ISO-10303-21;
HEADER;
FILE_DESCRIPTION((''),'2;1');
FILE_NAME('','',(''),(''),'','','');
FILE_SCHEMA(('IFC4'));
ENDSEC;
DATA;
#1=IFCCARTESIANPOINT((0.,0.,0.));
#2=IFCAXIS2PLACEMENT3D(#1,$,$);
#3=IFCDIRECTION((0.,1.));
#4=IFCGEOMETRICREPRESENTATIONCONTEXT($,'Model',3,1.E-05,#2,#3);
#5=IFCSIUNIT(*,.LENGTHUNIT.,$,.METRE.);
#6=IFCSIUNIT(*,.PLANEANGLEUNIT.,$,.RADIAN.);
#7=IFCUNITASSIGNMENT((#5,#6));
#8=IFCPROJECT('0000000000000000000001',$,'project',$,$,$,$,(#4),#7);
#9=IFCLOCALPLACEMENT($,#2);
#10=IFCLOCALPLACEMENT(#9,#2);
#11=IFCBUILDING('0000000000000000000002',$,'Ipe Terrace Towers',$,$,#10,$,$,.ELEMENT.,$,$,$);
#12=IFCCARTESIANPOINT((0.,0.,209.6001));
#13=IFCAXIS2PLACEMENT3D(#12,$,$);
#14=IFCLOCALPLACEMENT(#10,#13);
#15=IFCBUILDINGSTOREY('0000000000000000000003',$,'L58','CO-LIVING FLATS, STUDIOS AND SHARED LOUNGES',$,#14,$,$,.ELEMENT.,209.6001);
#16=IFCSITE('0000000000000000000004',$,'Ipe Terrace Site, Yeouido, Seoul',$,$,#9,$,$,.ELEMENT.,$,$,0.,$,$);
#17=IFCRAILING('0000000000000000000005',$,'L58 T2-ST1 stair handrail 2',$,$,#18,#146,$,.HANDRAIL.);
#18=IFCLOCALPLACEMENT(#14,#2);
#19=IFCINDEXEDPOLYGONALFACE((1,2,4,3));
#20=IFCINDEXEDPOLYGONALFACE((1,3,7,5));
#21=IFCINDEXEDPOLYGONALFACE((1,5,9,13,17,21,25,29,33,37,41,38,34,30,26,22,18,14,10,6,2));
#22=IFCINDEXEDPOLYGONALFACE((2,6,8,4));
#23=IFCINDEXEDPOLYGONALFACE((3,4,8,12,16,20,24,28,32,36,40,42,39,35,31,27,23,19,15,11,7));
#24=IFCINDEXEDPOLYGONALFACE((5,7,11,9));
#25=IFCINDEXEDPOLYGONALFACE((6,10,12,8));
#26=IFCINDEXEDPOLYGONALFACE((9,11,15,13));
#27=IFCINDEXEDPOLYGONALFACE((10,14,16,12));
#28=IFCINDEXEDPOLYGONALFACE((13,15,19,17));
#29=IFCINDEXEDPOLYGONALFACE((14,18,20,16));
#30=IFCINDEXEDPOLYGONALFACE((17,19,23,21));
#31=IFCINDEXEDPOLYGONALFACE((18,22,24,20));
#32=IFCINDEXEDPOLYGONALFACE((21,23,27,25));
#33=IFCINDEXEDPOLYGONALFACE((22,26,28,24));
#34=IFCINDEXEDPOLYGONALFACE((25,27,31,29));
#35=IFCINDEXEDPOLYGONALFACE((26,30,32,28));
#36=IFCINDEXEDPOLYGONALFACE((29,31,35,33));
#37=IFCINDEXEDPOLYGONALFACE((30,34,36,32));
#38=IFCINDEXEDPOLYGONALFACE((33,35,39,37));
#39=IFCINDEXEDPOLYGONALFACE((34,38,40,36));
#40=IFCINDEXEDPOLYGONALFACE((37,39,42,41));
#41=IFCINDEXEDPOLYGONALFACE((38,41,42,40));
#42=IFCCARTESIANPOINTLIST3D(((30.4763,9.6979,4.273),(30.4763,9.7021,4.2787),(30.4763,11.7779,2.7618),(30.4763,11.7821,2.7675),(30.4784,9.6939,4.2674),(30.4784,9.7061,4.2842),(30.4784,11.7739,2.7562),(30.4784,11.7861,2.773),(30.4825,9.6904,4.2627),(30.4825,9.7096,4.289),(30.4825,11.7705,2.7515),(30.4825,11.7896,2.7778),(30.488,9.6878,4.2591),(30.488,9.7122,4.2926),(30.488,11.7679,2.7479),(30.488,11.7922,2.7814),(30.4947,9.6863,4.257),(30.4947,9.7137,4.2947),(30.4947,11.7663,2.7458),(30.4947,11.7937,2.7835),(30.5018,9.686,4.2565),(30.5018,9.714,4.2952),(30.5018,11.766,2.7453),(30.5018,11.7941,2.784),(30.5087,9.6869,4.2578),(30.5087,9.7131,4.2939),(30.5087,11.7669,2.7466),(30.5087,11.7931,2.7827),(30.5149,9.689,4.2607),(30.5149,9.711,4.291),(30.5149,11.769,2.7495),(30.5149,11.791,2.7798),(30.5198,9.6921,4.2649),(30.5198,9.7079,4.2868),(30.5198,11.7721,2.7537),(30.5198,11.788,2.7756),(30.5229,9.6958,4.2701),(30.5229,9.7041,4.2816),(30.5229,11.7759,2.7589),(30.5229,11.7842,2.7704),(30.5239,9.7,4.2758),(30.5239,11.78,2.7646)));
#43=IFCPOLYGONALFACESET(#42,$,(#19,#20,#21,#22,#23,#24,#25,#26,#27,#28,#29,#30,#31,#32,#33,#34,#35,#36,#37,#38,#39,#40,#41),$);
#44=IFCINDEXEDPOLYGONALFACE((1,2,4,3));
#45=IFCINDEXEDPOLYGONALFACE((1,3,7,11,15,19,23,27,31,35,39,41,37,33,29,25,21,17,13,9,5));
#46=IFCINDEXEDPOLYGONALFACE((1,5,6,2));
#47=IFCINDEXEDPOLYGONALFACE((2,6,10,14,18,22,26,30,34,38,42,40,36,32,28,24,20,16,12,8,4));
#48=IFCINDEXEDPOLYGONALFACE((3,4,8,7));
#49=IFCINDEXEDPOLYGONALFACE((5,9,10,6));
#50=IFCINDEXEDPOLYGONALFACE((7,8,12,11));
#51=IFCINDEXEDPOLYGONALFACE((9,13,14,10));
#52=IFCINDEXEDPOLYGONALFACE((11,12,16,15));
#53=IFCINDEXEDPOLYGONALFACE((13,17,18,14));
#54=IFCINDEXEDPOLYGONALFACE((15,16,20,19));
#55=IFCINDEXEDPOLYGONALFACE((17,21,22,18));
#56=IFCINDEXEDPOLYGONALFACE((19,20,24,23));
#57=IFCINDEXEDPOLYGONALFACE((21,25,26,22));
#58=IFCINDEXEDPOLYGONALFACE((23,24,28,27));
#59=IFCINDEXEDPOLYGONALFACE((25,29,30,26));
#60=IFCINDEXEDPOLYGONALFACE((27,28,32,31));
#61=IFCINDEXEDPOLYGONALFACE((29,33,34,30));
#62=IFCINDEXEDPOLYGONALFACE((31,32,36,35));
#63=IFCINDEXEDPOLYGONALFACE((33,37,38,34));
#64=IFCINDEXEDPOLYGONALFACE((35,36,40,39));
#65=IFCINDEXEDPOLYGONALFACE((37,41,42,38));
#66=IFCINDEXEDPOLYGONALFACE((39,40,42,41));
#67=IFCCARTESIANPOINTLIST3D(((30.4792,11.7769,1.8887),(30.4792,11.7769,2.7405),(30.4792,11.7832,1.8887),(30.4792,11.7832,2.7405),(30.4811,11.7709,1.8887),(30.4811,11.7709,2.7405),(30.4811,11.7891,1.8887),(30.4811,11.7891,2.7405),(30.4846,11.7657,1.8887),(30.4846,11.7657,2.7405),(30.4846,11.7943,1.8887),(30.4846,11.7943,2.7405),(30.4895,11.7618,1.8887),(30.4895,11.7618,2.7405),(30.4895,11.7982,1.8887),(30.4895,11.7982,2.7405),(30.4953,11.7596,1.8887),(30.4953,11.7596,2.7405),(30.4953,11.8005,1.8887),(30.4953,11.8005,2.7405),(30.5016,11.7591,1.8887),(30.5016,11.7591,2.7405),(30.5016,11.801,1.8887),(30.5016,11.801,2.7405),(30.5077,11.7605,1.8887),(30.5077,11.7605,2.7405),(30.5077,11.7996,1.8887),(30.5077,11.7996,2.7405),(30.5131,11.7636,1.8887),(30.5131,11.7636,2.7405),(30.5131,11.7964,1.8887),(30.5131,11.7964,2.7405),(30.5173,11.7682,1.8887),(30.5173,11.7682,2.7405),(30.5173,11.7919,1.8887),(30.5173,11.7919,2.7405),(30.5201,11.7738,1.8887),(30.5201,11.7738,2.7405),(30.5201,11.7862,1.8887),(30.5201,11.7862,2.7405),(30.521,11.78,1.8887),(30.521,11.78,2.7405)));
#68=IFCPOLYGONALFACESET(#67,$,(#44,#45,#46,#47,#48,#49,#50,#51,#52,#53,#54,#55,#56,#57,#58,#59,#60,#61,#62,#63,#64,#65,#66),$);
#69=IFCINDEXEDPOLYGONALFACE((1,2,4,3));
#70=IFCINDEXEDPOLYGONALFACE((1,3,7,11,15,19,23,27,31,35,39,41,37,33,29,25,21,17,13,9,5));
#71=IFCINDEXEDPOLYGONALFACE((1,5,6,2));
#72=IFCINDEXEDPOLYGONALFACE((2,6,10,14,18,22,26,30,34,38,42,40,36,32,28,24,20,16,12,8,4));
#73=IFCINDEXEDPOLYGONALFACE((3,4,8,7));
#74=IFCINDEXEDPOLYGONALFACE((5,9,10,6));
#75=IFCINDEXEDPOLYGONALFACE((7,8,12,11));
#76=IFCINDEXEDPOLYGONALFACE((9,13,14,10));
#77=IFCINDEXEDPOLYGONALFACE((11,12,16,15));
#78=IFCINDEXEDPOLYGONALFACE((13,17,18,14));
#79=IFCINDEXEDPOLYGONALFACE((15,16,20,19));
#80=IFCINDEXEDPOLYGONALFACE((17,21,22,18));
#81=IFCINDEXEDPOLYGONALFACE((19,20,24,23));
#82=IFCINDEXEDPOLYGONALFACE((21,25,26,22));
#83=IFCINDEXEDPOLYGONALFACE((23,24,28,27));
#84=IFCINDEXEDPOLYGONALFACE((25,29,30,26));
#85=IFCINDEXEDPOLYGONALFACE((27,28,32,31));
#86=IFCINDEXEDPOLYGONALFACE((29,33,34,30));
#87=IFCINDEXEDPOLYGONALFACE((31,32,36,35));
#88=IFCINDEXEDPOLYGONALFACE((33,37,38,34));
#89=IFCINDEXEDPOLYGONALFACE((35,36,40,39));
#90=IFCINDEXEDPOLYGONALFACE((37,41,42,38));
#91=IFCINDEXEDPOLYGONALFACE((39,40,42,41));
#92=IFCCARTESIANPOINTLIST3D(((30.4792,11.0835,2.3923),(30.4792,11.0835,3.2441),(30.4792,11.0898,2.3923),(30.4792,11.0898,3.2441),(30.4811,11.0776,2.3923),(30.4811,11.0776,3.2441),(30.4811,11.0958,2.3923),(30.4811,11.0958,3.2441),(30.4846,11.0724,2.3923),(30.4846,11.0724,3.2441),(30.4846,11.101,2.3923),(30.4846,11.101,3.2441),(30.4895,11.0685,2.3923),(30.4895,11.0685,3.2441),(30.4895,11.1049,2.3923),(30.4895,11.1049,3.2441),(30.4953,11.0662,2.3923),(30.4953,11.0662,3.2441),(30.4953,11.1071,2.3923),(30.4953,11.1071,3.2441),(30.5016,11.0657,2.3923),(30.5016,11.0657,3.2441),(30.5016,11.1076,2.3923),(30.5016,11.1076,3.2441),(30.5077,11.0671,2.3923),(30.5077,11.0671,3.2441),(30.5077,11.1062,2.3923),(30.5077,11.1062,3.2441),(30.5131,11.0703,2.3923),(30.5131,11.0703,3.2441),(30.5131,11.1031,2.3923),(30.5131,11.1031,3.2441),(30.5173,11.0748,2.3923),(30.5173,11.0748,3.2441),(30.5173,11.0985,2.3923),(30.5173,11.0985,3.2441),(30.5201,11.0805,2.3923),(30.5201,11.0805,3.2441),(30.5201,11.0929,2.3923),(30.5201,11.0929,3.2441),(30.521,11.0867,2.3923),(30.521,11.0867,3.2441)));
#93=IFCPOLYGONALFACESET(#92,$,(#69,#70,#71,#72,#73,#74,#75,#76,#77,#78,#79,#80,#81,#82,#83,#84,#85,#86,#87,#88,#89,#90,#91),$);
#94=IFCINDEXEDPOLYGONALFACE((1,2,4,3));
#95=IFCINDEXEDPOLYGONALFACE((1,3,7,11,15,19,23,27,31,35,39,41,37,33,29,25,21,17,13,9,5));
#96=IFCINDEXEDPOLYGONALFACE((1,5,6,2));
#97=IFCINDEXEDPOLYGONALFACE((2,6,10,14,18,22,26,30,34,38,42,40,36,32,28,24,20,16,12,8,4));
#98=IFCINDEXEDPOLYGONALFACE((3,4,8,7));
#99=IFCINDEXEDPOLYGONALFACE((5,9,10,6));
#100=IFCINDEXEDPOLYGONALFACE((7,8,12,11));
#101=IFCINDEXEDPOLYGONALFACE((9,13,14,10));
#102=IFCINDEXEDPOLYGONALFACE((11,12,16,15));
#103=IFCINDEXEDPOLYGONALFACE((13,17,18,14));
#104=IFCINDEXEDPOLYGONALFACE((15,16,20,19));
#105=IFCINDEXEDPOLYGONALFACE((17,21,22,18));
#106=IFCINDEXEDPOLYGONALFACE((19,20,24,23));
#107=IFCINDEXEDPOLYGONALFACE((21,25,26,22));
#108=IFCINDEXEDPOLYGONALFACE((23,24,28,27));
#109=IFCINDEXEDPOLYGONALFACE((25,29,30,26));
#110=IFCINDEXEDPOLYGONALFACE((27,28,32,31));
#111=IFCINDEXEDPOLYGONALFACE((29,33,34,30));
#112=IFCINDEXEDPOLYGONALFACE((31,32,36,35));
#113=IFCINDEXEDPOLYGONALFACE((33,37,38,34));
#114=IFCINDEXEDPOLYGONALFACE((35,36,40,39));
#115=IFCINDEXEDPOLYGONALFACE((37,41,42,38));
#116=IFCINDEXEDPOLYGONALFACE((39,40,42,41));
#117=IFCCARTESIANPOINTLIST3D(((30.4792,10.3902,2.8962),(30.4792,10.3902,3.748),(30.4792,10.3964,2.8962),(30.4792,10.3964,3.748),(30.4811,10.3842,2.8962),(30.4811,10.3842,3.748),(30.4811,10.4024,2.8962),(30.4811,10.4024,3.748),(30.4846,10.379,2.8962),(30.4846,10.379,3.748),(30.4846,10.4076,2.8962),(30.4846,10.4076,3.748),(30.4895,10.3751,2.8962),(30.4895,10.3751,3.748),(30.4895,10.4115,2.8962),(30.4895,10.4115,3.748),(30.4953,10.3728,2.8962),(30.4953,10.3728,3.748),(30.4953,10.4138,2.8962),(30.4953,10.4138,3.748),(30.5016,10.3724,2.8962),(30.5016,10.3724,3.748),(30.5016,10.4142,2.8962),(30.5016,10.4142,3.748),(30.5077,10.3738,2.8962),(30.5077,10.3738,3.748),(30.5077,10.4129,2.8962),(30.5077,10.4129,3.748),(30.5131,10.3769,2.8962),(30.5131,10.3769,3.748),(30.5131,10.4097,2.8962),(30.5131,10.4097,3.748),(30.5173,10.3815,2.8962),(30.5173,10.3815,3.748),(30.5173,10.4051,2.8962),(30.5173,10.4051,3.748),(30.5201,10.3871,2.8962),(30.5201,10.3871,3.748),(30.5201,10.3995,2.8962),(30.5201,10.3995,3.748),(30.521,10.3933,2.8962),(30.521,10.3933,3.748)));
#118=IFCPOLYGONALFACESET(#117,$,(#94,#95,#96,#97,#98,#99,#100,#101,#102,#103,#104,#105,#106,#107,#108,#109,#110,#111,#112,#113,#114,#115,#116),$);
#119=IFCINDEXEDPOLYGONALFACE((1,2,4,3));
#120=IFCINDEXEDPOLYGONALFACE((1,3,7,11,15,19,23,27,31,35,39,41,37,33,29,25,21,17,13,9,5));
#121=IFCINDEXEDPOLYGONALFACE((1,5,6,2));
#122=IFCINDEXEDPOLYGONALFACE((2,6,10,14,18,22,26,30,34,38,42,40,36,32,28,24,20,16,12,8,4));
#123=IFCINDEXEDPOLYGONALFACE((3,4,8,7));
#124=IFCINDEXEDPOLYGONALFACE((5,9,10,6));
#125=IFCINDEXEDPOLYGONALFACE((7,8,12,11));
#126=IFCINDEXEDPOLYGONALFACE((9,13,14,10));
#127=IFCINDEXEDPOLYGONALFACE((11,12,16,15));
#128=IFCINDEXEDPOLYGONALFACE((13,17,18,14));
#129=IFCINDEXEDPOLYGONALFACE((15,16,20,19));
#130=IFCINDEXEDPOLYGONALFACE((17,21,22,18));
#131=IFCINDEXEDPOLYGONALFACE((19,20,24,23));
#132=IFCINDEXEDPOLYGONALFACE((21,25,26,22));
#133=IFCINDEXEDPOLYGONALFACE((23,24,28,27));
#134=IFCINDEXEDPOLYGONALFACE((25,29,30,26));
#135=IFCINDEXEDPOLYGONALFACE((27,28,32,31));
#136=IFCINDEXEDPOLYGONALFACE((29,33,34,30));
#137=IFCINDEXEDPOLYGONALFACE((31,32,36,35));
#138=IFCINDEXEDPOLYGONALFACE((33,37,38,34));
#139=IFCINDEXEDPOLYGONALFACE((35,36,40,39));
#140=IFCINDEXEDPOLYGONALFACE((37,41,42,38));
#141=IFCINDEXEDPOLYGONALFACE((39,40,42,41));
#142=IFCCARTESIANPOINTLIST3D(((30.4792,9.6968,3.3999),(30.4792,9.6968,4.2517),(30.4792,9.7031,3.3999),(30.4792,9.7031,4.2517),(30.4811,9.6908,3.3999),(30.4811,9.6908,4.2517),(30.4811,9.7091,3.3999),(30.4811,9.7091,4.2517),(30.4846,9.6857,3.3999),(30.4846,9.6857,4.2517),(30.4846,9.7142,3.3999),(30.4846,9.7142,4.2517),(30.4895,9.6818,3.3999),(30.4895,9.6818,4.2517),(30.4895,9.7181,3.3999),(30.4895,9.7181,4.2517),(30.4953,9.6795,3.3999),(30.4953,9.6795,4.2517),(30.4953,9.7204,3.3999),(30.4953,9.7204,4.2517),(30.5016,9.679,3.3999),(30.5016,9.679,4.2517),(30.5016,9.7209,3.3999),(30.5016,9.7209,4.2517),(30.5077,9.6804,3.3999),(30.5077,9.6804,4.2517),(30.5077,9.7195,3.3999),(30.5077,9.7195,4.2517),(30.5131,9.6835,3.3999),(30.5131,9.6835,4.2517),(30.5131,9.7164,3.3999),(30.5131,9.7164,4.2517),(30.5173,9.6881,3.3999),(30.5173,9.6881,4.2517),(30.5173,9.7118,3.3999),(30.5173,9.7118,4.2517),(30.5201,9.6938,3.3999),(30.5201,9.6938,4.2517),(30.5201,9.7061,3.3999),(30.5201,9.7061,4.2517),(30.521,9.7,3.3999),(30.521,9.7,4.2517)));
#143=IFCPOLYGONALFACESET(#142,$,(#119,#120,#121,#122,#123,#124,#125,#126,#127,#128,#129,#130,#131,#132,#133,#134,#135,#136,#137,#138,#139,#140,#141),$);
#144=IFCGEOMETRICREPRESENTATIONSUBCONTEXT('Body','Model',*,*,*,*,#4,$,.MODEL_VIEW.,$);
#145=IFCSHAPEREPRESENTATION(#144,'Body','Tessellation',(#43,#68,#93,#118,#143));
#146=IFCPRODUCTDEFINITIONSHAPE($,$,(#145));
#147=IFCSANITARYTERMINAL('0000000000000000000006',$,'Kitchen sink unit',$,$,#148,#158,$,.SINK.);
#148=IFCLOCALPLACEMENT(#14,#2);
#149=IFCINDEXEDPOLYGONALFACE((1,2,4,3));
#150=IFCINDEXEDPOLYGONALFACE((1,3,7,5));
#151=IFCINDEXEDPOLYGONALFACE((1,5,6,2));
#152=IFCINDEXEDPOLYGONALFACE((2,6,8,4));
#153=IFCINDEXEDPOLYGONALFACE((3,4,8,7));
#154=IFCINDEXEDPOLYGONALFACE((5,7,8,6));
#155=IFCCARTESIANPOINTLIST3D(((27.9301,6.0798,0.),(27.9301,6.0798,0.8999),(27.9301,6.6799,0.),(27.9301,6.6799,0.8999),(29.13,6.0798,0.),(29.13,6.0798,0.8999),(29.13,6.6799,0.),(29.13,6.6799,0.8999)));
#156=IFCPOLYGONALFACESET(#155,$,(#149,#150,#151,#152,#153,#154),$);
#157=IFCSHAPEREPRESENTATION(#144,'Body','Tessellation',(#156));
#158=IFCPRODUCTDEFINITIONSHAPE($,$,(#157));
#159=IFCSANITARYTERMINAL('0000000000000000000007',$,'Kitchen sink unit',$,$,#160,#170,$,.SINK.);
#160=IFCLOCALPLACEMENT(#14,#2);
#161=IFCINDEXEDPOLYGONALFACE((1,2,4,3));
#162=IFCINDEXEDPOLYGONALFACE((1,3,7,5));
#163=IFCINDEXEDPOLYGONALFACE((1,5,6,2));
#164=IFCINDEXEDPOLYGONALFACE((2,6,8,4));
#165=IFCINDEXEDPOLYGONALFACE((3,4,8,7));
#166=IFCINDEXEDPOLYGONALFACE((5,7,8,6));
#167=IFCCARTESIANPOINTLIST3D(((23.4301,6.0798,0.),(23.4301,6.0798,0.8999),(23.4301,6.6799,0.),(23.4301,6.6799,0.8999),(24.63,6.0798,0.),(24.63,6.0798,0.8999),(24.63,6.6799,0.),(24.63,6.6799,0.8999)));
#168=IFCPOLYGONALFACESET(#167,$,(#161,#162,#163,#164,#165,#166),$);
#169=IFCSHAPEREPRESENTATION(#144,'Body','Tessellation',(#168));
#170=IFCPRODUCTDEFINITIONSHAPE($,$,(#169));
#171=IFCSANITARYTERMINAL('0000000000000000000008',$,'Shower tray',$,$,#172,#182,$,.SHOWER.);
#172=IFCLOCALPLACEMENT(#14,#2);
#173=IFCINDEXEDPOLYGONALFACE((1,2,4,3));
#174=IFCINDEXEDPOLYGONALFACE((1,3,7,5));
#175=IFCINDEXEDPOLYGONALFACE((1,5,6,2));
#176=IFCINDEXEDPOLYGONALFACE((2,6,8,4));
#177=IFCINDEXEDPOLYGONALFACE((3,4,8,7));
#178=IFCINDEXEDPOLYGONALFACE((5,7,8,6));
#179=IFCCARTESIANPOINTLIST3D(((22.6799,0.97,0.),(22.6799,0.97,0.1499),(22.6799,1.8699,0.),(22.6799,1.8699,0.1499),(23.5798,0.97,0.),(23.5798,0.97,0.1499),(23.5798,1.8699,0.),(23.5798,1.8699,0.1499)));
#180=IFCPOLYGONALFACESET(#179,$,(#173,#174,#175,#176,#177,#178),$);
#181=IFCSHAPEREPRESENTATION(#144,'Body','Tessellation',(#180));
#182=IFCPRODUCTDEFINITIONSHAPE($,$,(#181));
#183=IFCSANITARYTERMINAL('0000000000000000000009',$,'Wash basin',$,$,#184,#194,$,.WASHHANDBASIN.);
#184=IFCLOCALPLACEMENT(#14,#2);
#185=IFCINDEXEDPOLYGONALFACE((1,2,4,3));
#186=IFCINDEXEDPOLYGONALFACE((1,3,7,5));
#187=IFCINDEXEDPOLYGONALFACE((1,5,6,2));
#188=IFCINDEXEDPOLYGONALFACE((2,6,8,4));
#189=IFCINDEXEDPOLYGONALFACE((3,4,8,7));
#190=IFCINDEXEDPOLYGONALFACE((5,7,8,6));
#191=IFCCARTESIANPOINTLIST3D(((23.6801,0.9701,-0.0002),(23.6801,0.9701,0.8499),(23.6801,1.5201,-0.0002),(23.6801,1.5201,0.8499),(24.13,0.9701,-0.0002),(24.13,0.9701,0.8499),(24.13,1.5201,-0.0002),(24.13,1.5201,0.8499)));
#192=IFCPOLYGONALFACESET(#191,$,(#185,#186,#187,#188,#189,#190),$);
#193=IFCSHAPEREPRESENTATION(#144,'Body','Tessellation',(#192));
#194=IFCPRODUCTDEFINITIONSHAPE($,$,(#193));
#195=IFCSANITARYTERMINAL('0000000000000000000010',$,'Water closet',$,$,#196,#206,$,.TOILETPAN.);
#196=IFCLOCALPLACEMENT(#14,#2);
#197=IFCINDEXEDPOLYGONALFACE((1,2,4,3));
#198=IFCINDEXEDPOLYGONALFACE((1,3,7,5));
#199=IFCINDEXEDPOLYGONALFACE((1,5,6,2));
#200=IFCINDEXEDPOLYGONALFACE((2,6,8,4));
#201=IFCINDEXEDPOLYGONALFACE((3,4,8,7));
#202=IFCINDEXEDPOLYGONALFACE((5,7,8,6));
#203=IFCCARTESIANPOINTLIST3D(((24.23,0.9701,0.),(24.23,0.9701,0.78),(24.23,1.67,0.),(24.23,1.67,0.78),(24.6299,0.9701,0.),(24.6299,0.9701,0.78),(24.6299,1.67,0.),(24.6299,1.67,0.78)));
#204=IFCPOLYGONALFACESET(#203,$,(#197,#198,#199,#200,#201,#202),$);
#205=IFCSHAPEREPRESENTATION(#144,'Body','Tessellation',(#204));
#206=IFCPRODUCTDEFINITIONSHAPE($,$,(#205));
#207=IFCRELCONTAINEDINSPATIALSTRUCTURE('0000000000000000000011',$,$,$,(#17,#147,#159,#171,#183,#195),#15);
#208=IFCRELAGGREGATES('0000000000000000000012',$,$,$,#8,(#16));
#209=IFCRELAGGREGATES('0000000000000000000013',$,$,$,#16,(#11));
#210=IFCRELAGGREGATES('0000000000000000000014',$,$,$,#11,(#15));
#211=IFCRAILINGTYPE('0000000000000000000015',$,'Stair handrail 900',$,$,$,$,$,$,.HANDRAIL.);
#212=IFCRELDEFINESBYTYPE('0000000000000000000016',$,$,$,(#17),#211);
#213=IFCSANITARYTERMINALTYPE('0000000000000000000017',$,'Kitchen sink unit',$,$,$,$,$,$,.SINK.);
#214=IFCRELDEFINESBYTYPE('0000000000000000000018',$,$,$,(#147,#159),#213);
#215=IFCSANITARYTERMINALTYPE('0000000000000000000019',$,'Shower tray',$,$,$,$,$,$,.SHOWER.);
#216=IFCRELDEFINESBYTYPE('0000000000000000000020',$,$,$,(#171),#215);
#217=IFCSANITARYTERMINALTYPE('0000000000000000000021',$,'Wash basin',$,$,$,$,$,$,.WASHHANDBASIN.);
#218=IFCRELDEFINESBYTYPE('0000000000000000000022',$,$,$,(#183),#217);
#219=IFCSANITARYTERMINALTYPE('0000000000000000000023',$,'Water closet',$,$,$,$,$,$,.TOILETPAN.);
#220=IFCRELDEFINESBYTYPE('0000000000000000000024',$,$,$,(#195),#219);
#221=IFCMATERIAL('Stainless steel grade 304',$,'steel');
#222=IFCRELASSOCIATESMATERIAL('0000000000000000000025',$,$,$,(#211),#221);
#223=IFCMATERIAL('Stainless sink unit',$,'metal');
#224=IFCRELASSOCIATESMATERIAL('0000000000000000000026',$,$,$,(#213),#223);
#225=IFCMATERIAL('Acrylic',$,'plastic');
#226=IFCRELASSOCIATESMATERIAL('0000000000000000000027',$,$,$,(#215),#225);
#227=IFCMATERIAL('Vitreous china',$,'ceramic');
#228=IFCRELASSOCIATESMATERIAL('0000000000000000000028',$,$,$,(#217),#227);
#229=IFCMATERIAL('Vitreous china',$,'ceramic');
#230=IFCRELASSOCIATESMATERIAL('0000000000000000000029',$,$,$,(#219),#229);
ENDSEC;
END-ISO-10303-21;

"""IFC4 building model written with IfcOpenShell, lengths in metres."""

from ifc_helpers import new_model, si_unit, direction, frame, origin, origin_2d, place, context, subcontext, project, spatial, rectangle, circle, extrude, material, type_object, element, save


model = new_model("IFC4")

# Units and contexts
model_context = context("Model", 3, precision=1e-05, world=origin(), true_north=direction((0.0, 1.0)))
body_context = subcontext(model_context, "Body", "Model", "MODEL_VIEW")
ifc_project = project(units=[si_unit("LENGTHUNIT", "METRE"), si_unit("PLANEANGLEUNIT", "RADIAN")], contexts=[model_context])

# Site, building, storey
site_placement = place(None, origin())
site = spatial("IfcSite", under=ifc_project, at=site_placement, Name="Ipe Terrace Site, Yeouido, Seoul", CompositionType="ELEMENT", RefElevation=0.0)
building_placement = place(site_placement, origin())
building = spatial("IfcBuilding", under=site, at=building_placement, Name="Ipe Terrace Towers", CompositionType="ELEMENT")
storey_placement = place(building_placement, frame((0.0, 0.0, 209.6001)))
storey = spatial("IfcBuildingStorey", under=building, at=storey_placement, Name="L58", Description="CO-LIVING FLATS, STUDIOS AND SHARED LOUNGES", CompositionType="ELEMENT", Elevation=209.6001)

# Railing
ifc_material_1 = material(Name="Stainless steel grade 304", Category="steel")
railing_type = type_object("IfcRailingType", Name="Stair handrail 900", PredefinedType="HANDRAIL", material=ifc_material_1)
railing_placement = place(storey_placement, frame((30.5, 11.78, 1.8887)))
element("IfcRailing", 1, at=railing_placement, inside=storey, type_object=railing_type, Name="L58 T2-ST1 stair handrail 2", PredefinedType="HANDRAIL", context=body_context, shape_type="SweptSolid", body=[
    extrude(circle(Radius=0.0239, at=origin_2d()), frame((0.0, 0.0, 0.876), z_axis=(0.0, -0.809023, 0.587776), x_axis=(1.0, 0.0, 0.0)), (0.0, 0.0, 1.0), 2.571),
    extrude(circle(Radius=0.021, at=origin_2d()), origin(), (0.0, 0.0, 1.0), 0.8518),
    extrude(circle(Radius=0.021, at=origin_2d()), frame((0.0, -0.6934, 0.5037)), (0.0, 0.0, 1.0), 0.8518),
    extrude(circle(Radius=0.021, at=origin_2d()), frame((0.0, -1.3867, 1.0076)), (0.0, 0.0, 1.0), 0.8518),
    extrude(circle(Radius=0.021, at=origin_2d()), frame((0.0, -2.0801, 1.5112)), (0.0, 0.0, 1.0), 0.8518),
])

# Sanitary terminals
ifc_material_2 = material(Name="Stainless sink unit", Category="metal")
sanitary_terminal_type_1 = type_object("IfcSanitaryTerminalType", Name="Kitchen sink unit", PredefinedType="SINK", material=ifc_material_2)
for number, where, z_axis, x_axis, name in (
    (2, (28.53, 6.3799, 0.0), (0.0, 0.0, 1.0), (1.0, 0.0, 0.0), "Kitchen sink unit"),
    (3, (24.03, 6.3799, 0.0), (0.0, 0.0, 1.0), (1.0, 0.0, 0.0), "Kitchen sink unit"),
):
    element("IfcSanitaryTerminal", number, at=place(storey_placement, frame(where, z_axis=z_axis, x_axis=x_axis)), inside=storey, type_object=sanitary_terminal_type_1, Name=name, PredefinedType="SINK", context=body_context, shape_type="SweptSolid", body=[
        extrude(rectangle(XDim=1.2, YDim=0.6001, at=origin_2d()), origin(), (0.0, 0.0, 1.0), 0.8999),
    ])
ifc_material_3 = material(Name="Acrylic", Category="plastic")
sanitary_terminal_type_2 = type_object("IfcSanitaryTerminalType", Name="Shower tray", PredefinedType="SHOWER", material=ifc_material_3)
sanitary_terminal_1_placement = place(storey_placement, frame((23.1299, 1.4199, 0.0), z_axis=(0.0, 0.0, 1.0), x_axis=(0.0, 1.0, 0.0)))
element("IfcSanitaryTerminal", 4, at=sanitary_terminal_1_placement, inside=storey, type_object=sanitary_terminal_type_2, Name="Shower tray", PredefinedType="SHOWER", context=body_context, shape_type="SweptSolid", body=[
    extrude(rectangle(XDim=0.8999, YDim=0.8999, at=origin_2d()), origin(), (0.0, 0.0, 1.0), 0.1499),
])
ifc_material_4 = material(Name="Vitreous china", Category="ceramic")
sanitary_terminal_type_3 = type_object("IfcSanitaryTerminalType", Name="Wash basin", PredefinedType="WASHHANDBASIN", material=ifc_material_4)
sanitary_terminal_2_placement = place(storey_placement, frame((23.905, 1.2451, -0.0002), z_axis=(0.0, 0.0, 1.0), x_axis=(0.0, 1.0, 0.0)))
element("IfcSanitaryTerminal", 5, at=sanitary_terminal_2_placement, inside=storey, type_object=sanitary_terminal_type_3, Name="Wash basin", PredefinedType="WASHHANDBASIN", context=body_context, shape_type="SweptSolid", body=[
    extrude(rectangle(XDim=0.55, YDim=0.45, at=origin_2d()), origin(), (0.0, 0.0, 1.0), 0.8501),
])
ifc_material_5 = material(Name="Vitreous china", Category="ceramic")
sanitary_terminal_type_4 = type_object("IfcSanitaryTerminalType", Name="Water closet", PredefinedType="TOILETPAN", material=ifc_material_5)
sanitary_terminal_3_placement = place(storey_placement, frame((24.4299, 1.3201, 0.0), z_axis=(0.0, 0.0, 1.0), x_axis=(0.0, 1.0, 0.0)))
element("IfcSanitaryTerminal", 6, at=sanitary_terminal_3_placement, inside=storey, type_object=sanitary_terminal_type_4, Name="Water closet", PredefinedType="TOILETPAN", context=body_context, shape_type="SweptSolid", body=[
    extrude(rectangle(XDim=0.7, YDim=0.3999, at=origin_2d()), origin(), (0.0, 0.0, 1.0), 0.78),
])

save(model, "model.ifc")
